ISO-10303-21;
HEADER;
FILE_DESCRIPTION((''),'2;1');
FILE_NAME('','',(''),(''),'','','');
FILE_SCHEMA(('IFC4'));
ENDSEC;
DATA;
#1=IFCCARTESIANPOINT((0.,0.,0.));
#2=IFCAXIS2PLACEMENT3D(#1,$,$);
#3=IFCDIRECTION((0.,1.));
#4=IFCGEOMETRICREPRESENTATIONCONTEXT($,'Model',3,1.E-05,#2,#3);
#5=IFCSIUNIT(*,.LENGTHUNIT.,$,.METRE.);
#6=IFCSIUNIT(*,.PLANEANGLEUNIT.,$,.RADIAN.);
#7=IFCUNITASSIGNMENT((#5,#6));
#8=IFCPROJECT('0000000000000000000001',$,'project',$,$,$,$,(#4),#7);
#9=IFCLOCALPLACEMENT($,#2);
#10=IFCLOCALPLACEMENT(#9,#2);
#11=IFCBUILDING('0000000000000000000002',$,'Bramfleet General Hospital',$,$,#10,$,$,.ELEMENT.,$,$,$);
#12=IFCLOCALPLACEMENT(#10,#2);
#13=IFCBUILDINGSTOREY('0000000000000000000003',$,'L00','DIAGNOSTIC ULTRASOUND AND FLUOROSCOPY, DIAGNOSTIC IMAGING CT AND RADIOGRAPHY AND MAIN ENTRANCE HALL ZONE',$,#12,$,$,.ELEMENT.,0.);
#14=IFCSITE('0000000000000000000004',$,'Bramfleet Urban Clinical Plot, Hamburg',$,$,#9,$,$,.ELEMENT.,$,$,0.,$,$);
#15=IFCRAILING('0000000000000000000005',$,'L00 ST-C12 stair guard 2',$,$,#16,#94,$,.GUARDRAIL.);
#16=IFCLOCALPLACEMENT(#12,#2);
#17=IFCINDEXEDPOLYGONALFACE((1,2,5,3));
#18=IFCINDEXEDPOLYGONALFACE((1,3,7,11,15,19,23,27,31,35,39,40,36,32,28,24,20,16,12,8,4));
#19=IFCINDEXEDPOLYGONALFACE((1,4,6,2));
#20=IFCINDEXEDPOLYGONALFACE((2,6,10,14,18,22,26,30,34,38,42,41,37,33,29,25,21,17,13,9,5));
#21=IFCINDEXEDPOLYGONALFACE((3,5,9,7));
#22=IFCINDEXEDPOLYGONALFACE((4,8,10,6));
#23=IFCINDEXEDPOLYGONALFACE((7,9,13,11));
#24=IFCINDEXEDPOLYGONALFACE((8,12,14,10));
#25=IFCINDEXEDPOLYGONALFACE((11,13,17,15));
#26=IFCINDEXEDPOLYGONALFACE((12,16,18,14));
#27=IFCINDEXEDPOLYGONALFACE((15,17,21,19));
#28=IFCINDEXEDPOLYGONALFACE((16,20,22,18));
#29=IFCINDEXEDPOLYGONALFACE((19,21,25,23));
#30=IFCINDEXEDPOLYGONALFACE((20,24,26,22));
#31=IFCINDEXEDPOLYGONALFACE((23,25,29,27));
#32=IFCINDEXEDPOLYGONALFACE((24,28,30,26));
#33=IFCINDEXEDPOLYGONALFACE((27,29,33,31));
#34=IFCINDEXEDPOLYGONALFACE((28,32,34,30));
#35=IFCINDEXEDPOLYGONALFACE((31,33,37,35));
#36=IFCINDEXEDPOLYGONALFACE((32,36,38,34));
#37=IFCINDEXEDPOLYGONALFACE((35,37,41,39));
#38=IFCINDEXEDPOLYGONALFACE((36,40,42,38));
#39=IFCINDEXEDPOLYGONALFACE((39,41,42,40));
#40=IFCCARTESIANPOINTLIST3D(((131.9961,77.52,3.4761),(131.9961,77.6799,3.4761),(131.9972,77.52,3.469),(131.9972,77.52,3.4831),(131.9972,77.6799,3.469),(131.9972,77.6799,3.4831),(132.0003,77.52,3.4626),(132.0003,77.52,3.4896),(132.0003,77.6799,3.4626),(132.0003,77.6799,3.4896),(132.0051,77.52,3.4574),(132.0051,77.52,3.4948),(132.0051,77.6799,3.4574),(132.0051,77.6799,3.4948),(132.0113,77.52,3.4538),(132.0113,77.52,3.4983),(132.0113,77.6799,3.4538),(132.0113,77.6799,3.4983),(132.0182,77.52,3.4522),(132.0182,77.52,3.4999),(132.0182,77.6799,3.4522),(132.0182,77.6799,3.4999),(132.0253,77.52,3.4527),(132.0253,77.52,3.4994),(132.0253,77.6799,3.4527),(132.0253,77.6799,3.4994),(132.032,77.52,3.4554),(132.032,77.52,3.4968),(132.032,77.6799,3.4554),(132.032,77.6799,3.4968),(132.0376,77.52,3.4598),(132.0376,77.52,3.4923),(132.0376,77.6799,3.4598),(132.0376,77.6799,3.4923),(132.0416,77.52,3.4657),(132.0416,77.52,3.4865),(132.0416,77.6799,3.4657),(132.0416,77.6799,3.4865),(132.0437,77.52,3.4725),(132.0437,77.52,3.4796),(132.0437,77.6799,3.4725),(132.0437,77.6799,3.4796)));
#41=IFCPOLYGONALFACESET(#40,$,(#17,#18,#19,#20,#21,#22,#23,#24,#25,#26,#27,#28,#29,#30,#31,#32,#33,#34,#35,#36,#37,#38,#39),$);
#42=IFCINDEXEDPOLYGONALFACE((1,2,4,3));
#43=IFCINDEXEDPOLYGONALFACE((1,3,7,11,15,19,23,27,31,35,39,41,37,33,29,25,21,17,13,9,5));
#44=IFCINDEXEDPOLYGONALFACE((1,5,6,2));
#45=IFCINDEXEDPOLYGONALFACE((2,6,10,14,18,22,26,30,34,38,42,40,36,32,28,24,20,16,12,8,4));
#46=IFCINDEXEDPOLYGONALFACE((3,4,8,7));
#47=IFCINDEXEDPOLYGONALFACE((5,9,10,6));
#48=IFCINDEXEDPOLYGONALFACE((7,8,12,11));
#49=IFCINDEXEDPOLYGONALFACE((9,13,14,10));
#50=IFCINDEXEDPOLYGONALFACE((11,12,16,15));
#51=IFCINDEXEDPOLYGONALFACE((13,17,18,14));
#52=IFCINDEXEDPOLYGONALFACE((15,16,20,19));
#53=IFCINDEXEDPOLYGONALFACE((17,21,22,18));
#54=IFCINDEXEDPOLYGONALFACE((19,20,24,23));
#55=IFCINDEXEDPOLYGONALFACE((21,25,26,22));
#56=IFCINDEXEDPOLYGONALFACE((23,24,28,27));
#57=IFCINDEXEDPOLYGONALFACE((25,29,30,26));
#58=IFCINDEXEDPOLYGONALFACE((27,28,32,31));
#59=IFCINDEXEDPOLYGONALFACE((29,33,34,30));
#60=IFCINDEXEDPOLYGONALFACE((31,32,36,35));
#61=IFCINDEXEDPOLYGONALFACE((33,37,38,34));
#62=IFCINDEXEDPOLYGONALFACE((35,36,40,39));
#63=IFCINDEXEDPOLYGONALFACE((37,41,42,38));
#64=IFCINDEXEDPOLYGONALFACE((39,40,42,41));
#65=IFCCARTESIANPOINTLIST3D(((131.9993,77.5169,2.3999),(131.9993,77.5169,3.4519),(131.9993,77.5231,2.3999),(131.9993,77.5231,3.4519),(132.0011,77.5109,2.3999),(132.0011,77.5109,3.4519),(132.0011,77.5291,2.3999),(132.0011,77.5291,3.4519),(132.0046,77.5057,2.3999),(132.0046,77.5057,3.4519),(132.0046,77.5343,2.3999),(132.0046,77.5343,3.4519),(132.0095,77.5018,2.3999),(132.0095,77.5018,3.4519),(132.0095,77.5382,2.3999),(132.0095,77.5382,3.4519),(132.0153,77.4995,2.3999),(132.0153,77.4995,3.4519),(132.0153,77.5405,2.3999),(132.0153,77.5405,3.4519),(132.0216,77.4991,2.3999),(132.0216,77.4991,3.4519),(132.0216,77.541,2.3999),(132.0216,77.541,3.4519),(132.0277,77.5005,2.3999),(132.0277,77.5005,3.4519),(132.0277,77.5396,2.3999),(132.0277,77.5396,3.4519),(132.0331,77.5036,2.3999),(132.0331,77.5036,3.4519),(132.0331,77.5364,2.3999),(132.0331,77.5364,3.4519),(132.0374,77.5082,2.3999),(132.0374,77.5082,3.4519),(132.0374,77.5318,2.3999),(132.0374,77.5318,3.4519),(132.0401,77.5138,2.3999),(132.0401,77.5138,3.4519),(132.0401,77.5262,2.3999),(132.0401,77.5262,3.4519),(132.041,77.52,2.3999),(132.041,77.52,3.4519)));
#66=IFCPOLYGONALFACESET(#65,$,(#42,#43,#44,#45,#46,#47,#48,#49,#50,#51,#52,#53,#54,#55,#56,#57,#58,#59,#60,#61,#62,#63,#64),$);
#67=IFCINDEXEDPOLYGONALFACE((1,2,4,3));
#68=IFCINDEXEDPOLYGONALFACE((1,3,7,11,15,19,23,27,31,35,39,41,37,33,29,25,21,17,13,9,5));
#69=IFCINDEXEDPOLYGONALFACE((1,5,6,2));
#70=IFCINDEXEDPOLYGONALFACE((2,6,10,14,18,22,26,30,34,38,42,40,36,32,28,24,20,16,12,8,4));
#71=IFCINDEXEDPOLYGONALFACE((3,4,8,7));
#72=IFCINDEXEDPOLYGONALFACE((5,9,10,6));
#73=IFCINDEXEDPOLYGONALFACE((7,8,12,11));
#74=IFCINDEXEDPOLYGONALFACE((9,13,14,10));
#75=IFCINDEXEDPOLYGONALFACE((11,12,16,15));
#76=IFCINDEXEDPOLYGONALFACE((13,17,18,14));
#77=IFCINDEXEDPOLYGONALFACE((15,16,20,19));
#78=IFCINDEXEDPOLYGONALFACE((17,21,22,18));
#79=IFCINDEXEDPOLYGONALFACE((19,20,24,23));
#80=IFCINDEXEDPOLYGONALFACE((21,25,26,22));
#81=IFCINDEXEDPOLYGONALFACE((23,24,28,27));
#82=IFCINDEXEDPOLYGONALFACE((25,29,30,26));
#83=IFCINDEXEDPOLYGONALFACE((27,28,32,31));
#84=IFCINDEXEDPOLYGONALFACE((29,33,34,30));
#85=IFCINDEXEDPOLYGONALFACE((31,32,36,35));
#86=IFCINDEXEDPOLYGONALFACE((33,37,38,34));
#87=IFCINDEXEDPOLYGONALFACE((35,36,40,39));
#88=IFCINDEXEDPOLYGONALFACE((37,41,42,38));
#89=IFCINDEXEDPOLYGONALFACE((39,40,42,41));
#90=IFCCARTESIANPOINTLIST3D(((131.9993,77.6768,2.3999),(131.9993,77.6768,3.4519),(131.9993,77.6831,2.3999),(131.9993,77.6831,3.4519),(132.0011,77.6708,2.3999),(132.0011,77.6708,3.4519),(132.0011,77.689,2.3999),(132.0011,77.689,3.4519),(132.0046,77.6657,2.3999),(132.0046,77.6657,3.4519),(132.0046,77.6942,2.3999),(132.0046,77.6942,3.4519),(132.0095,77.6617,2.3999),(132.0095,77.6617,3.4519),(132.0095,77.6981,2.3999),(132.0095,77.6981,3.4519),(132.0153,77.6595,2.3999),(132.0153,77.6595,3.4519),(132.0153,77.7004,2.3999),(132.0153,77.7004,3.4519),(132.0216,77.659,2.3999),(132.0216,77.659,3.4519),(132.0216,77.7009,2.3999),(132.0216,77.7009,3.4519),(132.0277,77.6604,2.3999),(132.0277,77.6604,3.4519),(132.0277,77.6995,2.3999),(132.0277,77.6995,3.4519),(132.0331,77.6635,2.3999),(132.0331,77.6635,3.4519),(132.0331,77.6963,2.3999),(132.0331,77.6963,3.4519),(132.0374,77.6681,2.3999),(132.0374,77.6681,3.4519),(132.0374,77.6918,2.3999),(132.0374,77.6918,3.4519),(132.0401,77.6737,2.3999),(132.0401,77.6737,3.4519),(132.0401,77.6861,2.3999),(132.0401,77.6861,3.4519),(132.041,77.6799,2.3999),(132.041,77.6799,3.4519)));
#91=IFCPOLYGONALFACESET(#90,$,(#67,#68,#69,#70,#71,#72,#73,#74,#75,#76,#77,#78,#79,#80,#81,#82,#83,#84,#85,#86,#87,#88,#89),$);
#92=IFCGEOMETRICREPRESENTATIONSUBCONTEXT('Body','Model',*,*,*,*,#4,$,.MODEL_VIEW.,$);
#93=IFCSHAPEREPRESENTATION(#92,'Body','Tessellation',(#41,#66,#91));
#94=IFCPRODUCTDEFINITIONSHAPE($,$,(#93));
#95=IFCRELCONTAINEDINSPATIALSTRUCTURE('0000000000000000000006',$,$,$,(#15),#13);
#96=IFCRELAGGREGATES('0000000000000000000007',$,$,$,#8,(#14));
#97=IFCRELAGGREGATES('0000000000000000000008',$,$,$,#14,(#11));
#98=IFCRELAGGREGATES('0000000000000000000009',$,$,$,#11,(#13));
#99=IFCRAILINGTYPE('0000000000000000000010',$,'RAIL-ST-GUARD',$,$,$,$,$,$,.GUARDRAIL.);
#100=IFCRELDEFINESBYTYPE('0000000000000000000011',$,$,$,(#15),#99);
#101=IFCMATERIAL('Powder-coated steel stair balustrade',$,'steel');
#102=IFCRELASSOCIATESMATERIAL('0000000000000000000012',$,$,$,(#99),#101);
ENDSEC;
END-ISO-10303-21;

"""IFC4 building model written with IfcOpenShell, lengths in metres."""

from ifc_helpers import new_model, si_unit, direction, frame, origin, origin_2d, place, context, subcontext, project, spatial, circle, extrude, material, type_object, element, save


model = new_model("IFC4")

# Units and contexts
model_context = context("Model", 3, precision=1e-05, world=origin(), true_north=direction((0.0, 1.0)))
body_context = subcontext(model_context, "Body", "Model", "MODEL_VIEW")
ifc_project = project(units=[si_unit("LENGTHUNIT", "METRE"), si_unit("PLANEANGLEUNIT", "RADIAN")], contexts=[model_context])

# Site, building, storey
site_placement = place(None, origin())
site = spatial("IfcSite", under=ifc_project, at=site_placement, Name="Bramfleet Urban Clinical Plot, Hamburg", CompositionType="ELEMENT", RefElevation=0.0)
building_placement = place(site_placement, origin())
building = spatial("IfcBuilding", under=site, at=building_placement, Name="Bramfleet General Hospital", CompositionType="ELEMENT")
storey_placement = place(building_placement, origin())
storey = spatial("IfcBuildingStorey", under=building, at=storey_placement, Name="L00", Description="DIAGNOSTIC ULTRASOUND AND FLUOROSCOPY, DIAGNOSTIC IMAGING CT AND RADIOGRAPHY AND MAIN ENTRANCE HALL ZONE", CompositionType="ELEMENT", Elevation=0.0)

# Railing
ifc_material_1 = material(Name="Powder-coated steel stair balustrade", Category="steel")
railing_type_1 = type_object("IfcRailingType", Name="RAIL-ST-GUARD", PredefinedType="GUARDRAIL", material=ifc_material_1)
railing_1_placement = place(storey_placement, frame((132.02, 77.52, 2.3999)))
element("IfcRailing", 1, at=railing_1_placement, inside=storey, type_object=railing_type_1, Name="L00 ST-C12 stair guard 2", PredefinedType="GUARDRAIL", context=body_context, shape_type="SweptSolid", body=[
    extrude(circle(Radius=0.0239, at=origin_2d()), frame((0.0, 0.0, 1.0762), z_axis=(0.0, 1.0, 0.0), x_axis=(-1.0, 0.0, 0.0)), (0.0, 0.0, 1.0), 0.1599),
    extrude(circle(Radius=0.021, at=origin_2d()), origin(), (0.0, 0.0, 1.0), 1.052),
    extrude(circle(Radius=0.021, at=origin_2d()), frame((0.0, 0.1599, 0.0)), (0.0, 0.0, 1.0), 1.052),
])

save(model, "model.ifc")
